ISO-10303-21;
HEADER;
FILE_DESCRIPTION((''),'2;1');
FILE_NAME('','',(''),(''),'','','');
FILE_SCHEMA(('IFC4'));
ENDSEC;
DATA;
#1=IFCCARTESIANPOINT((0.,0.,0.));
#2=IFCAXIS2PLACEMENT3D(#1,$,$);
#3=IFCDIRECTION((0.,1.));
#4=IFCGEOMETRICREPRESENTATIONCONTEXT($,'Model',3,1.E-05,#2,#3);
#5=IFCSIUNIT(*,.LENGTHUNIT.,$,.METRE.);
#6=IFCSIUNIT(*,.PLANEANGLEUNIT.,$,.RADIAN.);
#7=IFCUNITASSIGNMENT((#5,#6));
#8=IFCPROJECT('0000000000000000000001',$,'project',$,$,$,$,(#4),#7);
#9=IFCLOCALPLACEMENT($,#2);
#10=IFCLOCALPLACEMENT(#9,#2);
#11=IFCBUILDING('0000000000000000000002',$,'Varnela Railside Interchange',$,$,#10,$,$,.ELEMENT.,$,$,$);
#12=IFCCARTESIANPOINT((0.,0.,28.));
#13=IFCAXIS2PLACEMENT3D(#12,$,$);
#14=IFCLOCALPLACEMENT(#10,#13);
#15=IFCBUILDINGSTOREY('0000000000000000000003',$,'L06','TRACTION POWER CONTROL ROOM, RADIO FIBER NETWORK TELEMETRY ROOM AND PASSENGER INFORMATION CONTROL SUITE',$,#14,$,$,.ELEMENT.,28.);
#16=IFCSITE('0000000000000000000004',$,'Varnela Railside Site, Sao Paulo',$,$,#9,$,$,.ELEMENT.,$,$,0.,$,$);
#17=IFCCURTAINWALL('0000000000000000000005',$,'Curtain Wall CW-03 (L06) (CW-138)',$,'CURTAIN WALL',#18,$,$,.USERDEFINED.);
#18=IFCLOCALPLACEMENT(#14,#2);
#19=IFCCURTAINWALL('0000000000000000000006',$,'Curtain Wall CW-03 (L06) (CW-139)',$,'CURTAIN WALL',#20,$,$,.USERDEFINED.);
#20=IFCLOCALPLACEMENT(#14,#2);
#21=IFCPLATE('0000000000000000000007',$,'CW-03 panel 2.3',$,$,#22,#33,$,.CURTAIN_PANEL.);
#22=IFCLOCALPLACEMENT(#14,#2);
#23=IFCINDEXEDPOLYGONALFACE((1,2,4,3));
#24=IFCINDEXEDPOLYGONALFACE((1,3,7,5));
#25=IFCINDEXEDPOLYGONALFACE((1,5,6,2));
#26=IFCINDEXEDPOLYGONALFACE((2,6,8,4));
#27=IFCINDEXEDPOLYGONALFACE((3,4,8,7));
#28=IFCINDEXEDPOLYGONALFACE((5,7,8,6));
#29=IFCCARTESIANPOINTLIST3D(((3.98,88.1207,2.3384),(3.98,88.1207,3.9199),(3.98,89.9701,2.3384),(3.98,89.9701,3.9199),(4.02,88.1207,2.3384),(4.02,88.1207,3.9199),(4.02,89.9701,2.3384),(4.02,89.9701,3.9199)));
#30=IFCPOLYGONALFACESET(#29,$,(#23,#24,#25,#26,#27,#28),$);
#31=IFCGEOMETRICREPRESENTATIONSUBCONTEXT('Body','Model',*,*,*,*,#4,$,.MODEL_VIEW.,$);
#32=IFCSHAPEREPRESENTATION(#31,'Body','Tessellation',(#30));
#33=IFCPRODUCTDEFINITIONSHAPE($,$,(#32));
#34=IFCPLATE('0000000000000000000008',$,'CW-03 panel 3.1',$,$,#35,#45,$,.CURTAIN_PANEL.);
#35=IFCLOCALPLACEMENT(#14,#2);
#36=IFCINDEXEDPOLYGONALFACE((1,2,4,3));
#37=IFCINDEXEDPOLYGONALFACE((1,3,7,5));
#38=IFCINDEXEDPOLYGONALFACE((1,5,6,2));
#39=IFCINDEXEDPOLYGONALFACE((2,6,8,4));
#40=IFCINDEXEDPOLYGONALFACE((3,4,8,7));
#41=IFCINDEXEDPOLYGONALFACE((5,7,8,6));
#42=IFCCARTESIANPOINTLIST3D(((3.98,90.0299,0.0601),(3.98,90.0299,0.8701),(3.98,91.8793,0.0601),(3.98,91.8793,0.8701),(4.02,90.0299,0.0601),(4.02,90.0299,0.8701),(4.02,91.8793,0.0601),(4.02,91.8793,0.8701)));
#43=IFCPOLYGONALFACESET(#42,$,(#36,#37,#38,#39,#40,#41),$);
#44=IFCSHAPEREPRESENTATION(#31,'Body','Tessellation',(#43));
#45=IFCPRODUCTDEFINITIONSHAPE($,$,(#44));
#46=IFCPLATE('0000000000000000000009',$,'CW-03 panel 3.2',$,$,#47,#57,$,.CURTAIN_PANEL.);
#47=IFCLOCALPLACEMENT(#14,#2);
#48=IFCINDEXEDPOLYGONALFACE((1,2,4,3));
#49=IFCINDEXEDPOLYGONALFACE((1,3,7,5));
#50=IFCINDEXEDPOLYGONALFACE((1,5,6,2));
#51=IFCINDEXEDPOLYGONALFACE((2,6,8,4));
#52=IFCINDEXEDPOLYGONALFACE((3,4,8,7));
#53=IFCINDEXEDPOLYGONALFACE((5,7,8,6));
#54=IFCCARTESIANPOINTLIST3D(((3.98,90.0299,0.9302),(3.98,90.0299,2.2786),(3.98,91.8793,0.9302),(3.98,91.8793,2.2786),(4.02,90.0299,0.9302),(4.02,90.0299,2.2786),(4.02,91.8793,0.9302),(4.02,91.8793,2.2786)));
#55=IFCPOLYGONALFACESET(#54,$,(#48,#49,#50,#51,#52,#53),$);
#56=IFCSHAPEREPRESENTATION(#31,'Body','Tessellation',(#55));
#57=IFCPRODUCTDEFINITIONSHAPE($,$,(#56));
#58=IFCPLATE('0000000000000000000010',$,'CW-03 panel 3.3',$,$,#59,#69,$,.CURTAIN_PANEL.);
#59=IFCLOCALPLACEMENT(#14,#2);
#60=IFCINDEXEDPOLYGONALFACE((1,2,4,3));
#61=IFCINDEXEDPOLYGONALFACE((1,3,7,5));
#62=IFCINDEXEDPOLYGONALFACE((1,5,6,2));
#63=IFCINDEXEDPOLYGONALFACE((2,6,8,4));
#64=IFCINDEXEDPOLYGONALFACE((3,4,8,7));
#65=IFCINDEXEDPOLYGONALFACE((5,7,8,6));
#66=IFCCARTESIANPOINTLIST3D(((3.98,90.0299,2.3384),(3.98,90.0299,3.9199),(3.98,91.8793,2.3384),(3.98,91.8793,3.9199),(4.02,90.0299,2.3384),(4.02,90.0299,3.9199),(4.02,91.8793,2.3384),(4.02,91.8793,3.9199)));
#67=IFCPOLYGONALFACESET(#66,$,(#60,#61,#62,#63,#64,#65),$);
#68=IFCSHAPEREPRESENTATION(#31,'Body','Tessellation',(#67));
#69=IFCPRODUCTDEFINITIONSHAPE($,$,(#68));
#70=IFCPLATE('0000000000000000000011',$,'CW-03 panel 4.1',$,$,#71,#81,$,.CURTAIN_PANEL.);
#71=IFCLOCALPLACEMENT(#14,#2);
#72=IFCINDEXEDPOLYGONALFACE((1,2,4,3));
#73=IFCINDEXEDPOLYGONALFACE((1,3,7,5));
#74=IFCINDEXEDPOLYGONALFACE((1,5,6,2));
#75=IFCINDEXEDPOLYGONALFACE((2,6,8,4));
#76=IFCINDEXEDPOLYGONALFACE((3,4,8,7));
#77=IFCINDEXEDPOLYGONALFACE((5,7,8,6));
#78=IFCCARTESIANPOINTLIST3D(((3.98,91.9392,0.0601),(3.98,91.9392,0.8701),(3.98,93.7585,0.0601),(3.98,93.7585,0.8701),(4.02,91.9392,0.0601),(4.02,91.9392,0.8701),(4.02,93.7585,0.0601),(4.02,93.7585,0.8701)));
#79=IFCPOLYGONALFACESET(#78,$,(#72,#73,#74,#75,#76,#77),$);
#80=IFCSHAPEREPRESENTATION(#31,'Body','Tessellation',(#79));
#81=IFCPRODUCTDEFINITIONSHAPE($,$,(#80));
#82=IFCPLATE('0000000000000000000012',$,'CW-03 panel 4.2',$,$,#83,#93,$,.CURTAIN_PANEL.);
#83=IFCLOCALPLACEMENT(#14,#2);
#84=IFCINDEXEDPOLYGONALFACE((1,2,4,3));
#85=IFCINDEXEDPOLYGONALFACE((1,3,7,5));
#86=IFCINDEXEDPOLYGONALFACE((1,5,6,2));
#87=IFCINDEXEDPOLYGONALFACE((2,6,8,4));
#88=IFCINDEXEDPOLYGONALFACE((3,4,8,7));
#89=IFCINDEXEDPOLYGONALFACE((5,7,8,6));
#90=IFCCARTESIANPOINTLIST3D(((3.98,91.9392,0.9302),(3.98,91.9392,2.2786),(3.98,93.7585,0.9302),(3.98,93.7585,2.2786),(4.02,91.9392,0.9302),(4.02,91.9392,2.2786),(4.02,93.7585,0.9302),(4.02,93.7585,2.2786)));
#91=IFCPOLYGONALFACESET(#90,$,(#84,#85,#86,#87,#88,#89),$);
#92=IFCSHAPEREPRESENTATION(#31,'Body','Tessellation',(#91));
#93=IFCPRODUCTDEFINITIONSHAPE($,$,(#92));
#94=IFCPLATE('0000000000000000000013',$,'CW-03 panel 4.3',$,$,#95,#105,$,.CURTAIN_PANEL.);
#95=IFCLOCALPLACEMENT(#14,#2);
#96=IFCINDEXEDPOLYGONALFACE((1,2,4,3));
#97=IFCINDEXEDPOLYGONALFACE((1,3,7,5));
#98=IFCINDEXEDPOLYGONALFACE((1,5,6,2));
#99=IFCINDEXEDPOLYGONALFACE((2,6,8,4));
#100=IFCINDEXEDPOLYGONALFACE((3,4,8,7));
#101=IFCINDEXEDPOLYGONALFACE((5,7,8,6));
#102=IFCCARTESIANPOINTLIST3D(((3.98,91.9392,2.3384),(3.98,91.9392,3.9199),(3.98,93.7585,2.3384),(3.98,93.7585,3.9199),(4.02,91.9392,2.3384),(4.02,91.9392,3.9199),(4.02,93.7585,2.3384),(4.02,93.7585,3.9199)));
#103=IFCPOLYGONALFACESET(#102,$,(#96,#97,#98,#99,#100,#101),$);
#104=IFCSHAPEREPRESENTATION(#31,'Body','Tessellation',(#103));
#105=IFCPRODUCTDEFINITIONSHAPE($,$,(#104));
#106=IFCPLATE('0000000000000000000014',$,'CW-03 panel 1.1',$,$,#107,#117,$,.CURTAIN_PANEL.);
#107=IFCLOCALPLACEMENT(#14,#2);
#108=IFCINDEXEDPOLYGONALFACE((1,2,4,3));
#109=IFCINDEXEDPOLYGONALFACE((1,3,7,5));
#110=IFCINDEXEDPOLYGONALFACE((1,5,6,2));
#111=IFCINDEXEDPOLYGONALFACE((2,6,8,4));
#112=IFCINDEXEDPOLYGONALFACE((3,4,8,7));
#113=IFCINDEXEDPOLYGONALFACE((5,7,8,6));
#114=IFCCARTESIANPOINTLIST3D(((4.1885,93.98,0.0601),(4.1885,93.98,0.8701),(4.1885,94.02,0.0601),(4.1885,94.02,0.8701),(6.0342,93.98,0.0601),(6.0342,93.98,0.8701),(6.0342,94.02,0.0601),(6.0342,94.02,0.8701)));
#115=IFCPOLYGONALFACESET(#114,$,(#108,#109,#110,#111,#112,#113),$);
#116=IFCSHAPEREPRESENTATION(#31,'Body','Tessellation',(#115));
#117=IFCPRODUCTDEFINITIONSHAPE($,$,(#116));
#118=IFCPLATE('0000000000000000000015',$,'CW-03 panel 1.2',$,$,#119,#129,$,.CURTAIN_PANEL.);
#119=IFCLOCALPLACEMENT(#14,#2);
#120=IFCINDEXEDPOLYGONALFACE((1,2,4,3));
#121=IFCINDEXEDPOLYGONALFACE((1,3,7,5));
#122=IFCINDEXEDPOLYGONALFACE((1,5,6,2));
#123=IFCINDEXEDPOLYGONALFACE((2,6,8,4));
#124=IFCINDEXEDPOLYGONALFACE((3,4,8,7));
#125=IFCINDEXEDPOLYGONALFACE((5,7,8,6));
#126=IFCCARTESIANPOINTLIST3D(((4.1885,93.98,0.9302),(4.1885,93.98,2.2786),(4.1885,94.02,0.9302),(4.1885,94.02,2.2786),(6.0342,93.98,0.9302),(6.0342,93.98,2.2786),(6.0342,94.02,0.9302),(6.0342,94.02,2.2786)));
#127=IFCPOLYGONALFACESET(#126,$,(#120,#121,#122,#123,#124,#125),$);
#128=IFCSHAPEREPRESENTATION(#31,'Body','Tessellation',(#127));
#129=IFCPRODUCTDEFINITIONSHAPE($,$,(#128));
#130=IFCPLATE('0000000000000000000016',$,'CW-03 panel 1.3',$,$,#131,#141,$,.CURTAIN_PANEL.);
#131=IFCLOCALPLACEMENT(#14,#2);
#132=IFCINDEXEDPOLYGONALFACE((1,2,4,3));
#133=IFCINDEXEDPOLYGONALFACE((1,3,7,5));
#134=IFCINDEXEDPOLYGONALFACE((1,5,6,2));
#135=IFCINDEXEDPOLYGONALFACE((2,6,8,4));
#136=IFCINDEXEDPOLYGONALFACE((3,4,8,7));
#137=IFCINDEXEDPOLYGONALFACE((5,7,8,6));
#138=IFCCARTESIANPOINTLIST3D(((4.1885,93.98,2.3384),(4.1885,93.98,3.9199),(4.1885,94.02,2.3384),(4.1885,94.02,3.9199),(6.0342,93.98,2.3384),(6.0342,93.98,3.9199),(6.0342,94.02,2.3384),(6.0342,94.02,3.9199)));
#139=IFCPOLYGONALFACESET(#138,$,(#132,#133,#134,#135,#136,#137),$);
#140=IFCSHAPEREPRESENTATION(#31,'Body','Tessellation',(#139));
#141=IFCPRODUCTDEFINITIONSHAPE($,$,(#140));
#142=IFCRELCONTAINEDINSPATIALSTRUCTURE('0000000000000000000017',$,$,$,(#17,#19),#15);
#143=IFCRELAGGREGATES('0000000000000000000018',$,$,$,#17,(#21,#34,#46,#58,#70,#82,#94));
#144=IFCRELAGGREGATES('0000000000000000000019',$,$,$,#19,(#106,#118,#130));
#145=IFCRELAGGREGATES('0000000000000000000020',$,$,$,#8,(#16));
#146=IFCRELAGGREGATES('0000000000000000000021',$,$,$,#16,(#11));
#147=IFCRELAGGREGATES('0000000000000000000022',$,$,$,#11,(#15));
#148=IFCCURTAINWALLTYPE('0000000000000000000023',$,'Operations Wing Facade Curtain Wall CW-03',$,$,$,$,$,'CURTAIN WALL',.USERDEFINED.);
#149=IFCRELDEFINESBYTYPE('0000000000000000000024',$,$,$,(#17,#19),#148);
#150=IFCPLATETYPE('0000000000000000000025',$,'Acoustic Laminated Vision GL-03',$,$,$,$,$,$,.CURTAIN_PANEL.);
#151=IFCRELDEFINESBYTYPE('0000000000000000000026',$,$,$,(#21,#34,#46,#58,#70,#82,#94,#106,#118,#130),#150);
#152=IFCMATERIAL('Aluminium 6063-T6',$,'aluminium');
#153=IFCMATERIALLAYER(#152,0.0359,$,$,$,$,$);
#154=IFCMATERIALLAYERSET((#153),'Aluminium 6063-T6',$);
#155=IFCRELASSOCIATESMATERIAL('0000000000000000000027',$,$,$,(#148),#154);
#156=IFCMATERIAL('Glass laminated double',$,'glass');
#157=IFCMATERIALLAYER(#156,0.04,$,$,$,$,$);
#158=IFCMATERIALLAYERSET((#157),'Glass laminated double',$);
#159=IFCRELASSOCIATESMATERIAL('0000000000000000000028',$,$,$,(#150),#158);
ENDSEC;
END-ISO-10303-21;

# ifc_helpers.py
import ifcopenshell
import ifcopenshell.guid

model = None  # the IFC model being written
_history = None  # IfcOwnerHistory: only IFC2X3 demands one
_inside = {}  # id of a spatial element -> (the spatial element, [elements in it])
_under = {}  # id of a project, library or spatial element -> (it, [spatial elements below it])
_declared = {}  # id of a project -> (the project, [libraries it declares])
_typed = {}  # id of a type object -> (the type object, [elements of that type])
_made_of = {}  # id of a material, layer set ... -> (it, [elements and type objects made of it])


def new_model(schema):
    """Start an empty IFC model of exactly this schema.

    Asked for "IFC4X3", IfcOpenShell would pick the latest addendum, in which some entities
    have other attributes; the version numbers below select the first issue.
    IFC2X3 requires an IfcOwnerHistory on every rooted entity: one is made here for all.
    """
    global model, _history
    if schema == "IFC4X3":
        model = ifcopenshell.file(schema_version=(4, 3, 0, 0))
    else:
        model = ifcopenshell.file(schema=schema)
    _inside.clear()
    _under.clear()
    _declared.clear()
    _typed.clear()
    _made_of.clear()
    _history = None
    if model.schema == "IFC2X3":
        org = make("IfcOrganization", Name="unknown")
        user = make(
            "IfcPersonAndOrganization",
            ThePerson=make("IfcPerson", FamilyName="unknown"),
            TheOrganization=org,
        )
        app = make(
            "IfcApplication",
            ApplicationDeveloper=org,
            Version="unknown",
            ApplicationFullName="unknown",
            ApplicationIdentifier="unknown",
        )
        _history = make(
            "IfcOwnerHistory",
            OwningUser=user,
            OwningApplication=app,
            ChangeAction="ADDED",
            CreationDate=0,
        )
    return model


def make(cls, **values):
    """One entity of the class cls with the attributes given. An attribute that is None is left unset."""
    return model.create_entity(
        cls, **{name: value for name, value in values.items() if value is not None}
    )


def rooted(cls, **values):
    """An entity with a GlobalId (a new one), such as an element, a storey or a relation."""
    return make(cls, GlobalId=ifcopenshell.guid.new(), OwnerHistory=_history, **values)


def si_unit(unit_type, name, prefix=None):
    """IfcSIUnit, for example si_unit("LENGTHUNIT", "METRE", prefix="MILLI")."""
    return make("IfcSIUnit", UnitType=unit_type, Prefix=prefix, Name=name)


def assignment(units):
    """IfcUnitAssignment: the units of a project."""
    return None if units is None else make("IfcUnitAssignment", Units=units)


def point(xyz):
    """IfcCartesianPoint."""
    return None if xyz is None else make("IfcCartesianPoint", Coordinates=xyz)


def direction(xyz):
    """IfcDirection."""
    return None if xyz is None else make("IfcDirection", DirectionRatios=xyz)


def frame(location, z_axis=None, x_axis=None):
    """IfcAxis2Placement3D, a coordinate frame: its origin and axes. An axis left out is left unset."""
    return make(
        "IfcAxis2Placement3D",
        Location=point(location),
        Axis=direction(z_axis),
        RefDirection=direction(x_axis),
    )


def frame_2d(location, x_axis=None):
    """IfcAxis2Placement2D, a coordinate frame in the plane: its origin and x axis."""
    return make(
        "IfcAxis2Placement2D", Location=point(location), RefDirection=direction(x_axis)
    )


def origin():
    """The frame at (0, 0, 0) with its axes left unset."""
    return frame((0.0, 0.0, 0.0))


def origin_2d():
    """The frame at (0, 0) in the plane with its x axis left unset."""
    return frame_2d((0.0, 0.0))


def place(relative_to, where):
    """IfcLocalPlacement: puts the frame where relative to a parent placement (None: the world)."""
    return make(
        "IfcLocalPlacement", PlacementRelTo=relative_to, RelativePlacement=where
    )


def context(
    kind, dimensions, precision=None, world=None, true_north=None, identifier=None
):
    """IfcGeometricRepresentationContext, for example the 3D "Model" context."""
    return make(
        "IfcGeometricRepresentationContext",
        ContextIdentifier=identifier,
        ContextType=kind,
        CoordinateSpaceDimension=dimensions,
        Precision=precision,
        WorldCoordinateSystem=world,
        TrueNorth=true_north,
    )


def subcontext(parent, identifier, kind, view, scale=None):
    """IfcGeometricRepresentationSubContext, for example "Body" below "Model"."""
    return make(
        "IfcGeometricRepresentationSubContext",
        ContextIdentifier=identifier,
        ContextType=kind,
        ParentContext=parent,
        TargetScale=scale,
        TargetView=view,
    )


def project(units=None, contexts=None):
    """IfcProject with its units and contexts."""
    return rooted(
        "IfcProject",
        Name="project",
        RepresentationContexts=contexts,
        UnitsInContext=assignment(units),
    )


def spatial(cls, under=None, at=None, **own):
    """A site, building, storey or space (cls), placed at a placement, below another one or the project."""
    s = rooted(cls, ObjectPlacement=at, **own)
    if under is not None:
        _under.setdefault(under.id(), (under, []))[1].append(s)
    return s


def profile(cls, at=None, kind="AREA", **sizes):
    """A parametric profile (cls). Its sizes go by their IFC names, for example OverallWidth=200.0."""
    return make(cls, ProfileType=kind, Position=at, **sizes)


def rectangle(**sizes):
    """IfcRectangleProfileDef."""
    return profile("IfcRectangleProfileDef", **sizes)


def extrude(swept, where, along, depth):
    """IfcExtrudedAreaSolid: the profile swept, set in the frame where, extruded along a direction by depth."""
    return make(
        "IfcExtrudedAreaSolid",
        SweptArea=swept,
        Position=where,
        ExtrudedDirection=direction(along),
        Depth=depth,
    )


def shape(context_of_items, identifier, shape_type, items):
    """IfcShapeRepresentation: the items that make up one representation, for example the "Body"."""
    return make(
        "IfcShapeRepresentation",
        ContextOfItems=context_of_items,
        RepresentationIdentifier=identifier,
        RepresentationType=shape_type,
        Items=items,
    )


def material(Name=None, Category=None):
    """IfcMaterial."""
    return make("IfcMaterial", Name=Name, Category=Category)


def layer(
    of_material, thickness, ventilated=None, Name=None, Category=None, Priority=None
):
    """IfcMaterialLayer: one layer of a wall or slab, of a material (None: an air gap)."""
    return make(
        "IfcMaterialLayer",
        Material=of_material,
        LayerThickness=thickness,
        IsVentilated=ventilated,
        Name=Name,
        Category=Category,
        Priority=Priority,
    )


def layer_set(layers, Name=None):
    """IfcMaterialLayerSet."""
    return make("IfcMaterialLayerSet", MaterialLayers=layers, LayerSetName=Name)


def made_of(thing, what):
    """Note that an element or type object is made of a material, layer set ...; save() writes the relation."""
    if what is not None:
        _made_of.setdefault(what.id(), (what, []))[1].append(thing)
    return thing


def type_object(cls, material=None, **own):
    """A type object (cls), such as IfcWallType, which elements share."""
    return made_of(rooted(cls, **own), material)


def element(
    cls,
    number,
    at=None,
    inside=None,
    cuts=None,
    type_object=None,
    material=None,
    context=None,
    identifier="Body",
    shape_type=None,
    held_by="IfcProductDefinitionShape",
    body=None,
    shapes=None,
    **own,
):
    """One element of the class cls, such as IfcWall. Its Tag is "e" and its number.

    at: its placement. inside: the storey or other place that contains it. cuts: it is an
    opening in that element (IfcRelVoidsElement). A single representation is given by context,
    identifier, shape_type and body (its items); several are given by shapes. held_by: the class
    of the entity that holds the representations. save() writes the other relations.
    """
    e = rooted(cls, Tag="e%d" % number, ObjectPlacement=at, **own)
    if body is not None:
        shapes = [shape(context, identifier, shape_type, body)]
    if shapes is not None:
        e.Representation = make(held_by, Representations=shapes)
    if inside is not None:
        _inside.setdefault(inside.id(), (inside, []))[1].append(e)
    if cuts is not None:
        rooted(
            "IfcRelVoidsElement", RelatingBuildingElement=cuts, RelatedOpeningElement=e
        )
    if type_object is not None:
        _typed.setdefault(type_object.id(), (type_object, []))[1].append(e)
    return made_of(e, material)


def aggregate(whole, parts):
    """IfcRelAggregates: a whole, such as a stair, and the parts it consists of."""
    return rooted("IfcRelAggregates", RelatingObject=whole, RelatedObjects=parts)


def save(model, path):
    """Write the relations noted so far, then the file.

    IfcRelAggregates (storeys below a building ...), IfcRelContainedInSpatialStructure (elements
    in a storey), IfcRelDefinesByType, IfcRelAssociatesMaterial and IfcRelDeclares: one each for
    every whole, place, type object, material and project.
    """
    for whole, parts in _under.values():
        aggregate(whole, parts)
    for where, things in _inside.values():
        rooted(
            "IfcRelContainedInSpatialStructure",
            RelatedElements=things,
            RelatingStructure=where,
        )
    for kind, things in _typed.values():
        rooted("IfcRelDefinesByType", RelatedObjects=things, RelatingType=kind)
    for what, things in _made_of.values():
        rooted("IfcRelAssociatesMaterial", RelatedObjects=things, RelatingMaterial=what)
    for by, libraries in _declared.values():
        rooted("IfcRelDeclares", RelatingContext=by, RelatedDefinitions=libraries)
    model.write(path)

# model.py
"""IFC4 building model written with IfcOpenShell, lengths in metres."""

from ifc_helpers import new_model, si_unit, direction, frame, origin, origin_2d, place, context, subcontext, project, spatial, rectangle, extrude, material, layer, layer_set, type_object, element, aggregate, save


model = new_model("IFC4")

# Units and contexts
model_context = context("Model", 3, precision=1e-05, world=origin(), true_north=direction((0.0, 1.0)))
body_context = subcontext(model_context, "Body", "Model", "MODEL_VIEW")
ifc_project = project(units=[si_unit("LENGTHUNIT", "METRE"), si_unit("PLANEANGLEUNIT", "RADIAN")], contexts=[model_context])

# Site, building, storey
site_placement = place(None, origin())
site = spatial("IfcSite", under=ifc_project, at=site_placement, Name="Varnela Railside Site, Sao Paulo", CompositionType="ELEMENT", RefElevation=0.0)
building_placement = place(site_placement, origin())
building = spatial("IfcBuilding", under=site, at=building_placement, Name="Varnela Railside Interchange", CompositionType="ELEMENT")
storey_placement = place(building_placement, frame((0.0, 0.0, 28.0)))
storey = spatial("IfcBuildingStorey", under=building, at=storey_placement, Name="L06", Description="TRACTION POWER CONTROL ROOM, RADIO FIBER NETWORK TELEMETRY ROOM AND PASSENGER INFORMATION CONTROL SUITE", CompositionType="ELEMENT", Elevation=28.0)

# Curtain walls
ifc_material_1 = material(Name="Aluminium 6063-T6", Category="aluminium")
ifc_layer_1 = layer(ifc_material_1, 0.0359)
ifc_layer_set_1 = layer_set([ifc_layer_1], Name="Aluminium 6063-T6")
curtain_wall_type = type_object("IfcCurtainWallType", Name="Operations Wing Facade Curtain Wall CW-03", ElementType="CURTAIN WALL", PredefinedType="USERDEFINED", material=ifc_layer_set_1)
curtain_wall_1_placement = place(storey_placement, origin())
curtain_wall_1 = element("IfcCurtainWall", 1, at=curtain_wall_1_placement, inside=storey, type_object=curtain_wall_type, Name="Curtain Wall CW-03 (L06) (CW-138)", ObjectType="CURTAIN WALL", PredefinedType="USERDEFINED")
curtain_wall_2_placement = place(storey_placement, origin())
curtain_wall_2 = element("IfcCurtainWall", 2, at=curtain_wall_2_placement, inside=storey, type_object=curtain_wall_type, Name="Curtain Wall CW-03 (L06) (CW-139)", ObjectType="CURTAIN WALL", PredefinedType="USERDEFINED")

# Plates
ifc_material_2 = material(Name="Glass laminated double", Category="glass")
ifc_layer_2 = layer(ifc_material_2, 0.04)
ifc_layer_set_2 = layer_set([ifc_layer_2], Name="Glass laminated double")
plate_type = type_object("IfcPlateType", Name="Acoustic Laminated Vision GL-03", PredefinedType="CURTAIN_PANEL", material=ifc_layer_set_2)
plate_1_placement = place(storey_placement, frame((4.0, 89.0454, 2.3384), z_axis=(0.0, 0.0, 1.0), x_axis=(0.0, 1.0, 0.0)))
plate_1 = element("IfcPlate", 3, at=plate_1_placement, type_object=plate_type, Name="CW-03 panel 2.3", PredefinedType="CURTAIN_PANEL", context=body_context, shape_type="SweptSolid", body=[
    extrude(rectangle(XDim=1.8494, YDim=0.04, at=origin_2d()), origin(), (0.0, 0.0, 1.0), 1.5815),
])
plate_2_placement = place(storey_placement, frame((4.0, 90.9546, 0.0601), z_axis=(0.0, 0.0, 1.0), x_axis=(0.0, 1.0, 0.0)))
plate_2 = element("IfcPlate", 4, at=plate_2_placement, type_object=plate_type, Name="CW-03 panel 3.1", PredefinedType="CURTAIN_PANEL", context=body_context, shape_type="SweptSolid", body=[
    extrude(rectangle(XDim=1.8494, YDim=0.04, at=origin_2d()), origin(), (0.0, 0.0, 1.0), 0.8101),
])
plate_3_placement = place(storey_placement, frame((4.0, 90.9546, 0.9302), z_axis=(0.0, 0.0, 1.0), x_axis=(0.0, 1.0, 0.0)))
plate_3 = element("IfcPlate", 5, at=plate_3_placement, type_object=plate_type, Name="CW-03 panel 3.2", PredefinedType="CURTAIN_PANEL", context=body_context, shape_type="SweptSolid", body=[
    extrude(rectangle(XDim=1.8494, YDim=0.04, at=origin_2d()), origin(), (0.0, 0.0, 1.0), 1.3484),
])
plate_4_placement = place(storey_placement, frame((4.0, 90.9546, 2.3384), z_axis=(0.0, 0.0, 1.0), x_axis=(0.0, 1.0, 0.0)))
plate_4 = element("IfcPlate", 6, at=plate_4_placement, type_object=plate_type, Name="CW-03 panel 3.3", PredefinedType="CURTAIN_PANEL", context=body_context, shape_type="SweptSolid", body=[
    extrude(rectangle(XDim=1.8494, YDim=0.04, at=origin_2d()), origin(), (0.0, 0.0, 1.0), 1.5815),
])
plate_5_placement = place(storey_placement, frame((4.0, 92.8489, 0.0601), z_axis=(0.0, 0.0, 1.0), x_axis=(0.0, 1.0, 0.0)))
plate_5 = element("IfcPlate", 7, at=plate_5_placement, type_object=plate_type, Name="CW-03 panel 4.1", PredefinedType="CURTAIN_PANEL", context=body_context, shape_type="SweptSolid", body=[
    extrude(rectangle(XDim=1.8193, YDim=0.04, at=origin_2d()), origin(), (0.0, 0.0, 1.0), 0.8101),
])
plate_6_placement = place(storey_placement, frame((4.0, 92.8489, 0.9302), z_axis=(0.0, 0.0, 1.0), x_axis=(0.0, 1.0, 0.0)))
plate_6 = element("IfcPlate", 8, at=plate_6_placement, type_object=plate_type, Name="CW-03 panel 4.2", PredefinedType="CURTAIN_PANEL", context=body_context, shape_type="SweptSolid", body=[
    extrude(rectangle(XDim=1.8193, YDim=0.04, at=origin_2d()), origin(), (0.0, 0.0, 1.0), 1.3484),
])
plate_7_placement = place(storey_placement, frame((4.0, 92.8489, 2.3384), z_axis=(0.0, 0.0, 1.0), x_axis=(0.0, 1.0, 0.0)))
plate_7 = element("IfcPlate", 9, at=plate_7_placement, type_object=plate_type, Name="CW-03 panel 4.3", PredefinedType="CURTAIN_PANEL", context=body_context, shape_type="SweptSolid", body=[
    extrude(rectangle(XDim=1.8193, YDim=0.04, at=origin_2d()), origin(), (0.0, 0.0, 1.0), 1.5815),
])
aggregate(curtain_wall_1, [plate_1, plate_2, plate_3, plate_4, plate_5, plate_6, plate_7])
plate_8_placement = place(storey_placement, frame((5.1113, 94.0, 0.0601), z_axis=(0.0, 0.0, 1.0), x_axis=(1.0, 0.0, 0.0)))
plate_8 = element("IfcPlate", 10, at=plate_8_placement, type_object=plate_type, Name="CW-03 panel 1.1", PredefinedType="CURTAIN_PANEL", context=body_context, shape_type="SweptSolid", body=[
    extrude(rectangle(XDim=1.8457, YDim=0.04, at=origin_2d()), origin(), (0.0, 0.0, 1.0), 0.8101),
])
plate_9_placement = place(storey_placement, frame((5.1113, 94.0, 0.9302), z_axis=(0.0, 0.0, 1.0), x_axis=(1.0, 0.0, 0.0)))
plate_9 = element("IfcPlate", 11, at=plate_9_placement, type_object=plate_type, Name="CW-03 panel 1.2", PredefinedType="CURTAIN_PANEL", context=body_context, shape_type="SweptSolid", body=[
    extrude(rectangle(XDim=1.8457, YDim=0.04, at=origin_2d()), origin(), (0.0, 0.0, 1.0), 1.3484),
])
plate_10_placement = place(storey_placement, frame((5.1113, 94.0, 2.3384), z_axis=(0.0, 0.0, 1.0), x_axis=(1.0, 0.0, 0.0)))
plate_10 = element("IfcPlate", 12, at=plate_10_placement, type_object=plate_type, Name="CW-03 panel 1.3", PredefinedType="CURTAIN_PANEL", context=body_context, shape_type="SweptSolid", body=[
    extrude(rectangle(XDim=1.8457, YDim=0.04, at=origin_2d()), origin(), (0.0, 0.0, 1.0), 1.5815),
])
aggregate(curtain_wall_2, [plate_8, plate_9, plate_10])

save(model, "model.ifc")
